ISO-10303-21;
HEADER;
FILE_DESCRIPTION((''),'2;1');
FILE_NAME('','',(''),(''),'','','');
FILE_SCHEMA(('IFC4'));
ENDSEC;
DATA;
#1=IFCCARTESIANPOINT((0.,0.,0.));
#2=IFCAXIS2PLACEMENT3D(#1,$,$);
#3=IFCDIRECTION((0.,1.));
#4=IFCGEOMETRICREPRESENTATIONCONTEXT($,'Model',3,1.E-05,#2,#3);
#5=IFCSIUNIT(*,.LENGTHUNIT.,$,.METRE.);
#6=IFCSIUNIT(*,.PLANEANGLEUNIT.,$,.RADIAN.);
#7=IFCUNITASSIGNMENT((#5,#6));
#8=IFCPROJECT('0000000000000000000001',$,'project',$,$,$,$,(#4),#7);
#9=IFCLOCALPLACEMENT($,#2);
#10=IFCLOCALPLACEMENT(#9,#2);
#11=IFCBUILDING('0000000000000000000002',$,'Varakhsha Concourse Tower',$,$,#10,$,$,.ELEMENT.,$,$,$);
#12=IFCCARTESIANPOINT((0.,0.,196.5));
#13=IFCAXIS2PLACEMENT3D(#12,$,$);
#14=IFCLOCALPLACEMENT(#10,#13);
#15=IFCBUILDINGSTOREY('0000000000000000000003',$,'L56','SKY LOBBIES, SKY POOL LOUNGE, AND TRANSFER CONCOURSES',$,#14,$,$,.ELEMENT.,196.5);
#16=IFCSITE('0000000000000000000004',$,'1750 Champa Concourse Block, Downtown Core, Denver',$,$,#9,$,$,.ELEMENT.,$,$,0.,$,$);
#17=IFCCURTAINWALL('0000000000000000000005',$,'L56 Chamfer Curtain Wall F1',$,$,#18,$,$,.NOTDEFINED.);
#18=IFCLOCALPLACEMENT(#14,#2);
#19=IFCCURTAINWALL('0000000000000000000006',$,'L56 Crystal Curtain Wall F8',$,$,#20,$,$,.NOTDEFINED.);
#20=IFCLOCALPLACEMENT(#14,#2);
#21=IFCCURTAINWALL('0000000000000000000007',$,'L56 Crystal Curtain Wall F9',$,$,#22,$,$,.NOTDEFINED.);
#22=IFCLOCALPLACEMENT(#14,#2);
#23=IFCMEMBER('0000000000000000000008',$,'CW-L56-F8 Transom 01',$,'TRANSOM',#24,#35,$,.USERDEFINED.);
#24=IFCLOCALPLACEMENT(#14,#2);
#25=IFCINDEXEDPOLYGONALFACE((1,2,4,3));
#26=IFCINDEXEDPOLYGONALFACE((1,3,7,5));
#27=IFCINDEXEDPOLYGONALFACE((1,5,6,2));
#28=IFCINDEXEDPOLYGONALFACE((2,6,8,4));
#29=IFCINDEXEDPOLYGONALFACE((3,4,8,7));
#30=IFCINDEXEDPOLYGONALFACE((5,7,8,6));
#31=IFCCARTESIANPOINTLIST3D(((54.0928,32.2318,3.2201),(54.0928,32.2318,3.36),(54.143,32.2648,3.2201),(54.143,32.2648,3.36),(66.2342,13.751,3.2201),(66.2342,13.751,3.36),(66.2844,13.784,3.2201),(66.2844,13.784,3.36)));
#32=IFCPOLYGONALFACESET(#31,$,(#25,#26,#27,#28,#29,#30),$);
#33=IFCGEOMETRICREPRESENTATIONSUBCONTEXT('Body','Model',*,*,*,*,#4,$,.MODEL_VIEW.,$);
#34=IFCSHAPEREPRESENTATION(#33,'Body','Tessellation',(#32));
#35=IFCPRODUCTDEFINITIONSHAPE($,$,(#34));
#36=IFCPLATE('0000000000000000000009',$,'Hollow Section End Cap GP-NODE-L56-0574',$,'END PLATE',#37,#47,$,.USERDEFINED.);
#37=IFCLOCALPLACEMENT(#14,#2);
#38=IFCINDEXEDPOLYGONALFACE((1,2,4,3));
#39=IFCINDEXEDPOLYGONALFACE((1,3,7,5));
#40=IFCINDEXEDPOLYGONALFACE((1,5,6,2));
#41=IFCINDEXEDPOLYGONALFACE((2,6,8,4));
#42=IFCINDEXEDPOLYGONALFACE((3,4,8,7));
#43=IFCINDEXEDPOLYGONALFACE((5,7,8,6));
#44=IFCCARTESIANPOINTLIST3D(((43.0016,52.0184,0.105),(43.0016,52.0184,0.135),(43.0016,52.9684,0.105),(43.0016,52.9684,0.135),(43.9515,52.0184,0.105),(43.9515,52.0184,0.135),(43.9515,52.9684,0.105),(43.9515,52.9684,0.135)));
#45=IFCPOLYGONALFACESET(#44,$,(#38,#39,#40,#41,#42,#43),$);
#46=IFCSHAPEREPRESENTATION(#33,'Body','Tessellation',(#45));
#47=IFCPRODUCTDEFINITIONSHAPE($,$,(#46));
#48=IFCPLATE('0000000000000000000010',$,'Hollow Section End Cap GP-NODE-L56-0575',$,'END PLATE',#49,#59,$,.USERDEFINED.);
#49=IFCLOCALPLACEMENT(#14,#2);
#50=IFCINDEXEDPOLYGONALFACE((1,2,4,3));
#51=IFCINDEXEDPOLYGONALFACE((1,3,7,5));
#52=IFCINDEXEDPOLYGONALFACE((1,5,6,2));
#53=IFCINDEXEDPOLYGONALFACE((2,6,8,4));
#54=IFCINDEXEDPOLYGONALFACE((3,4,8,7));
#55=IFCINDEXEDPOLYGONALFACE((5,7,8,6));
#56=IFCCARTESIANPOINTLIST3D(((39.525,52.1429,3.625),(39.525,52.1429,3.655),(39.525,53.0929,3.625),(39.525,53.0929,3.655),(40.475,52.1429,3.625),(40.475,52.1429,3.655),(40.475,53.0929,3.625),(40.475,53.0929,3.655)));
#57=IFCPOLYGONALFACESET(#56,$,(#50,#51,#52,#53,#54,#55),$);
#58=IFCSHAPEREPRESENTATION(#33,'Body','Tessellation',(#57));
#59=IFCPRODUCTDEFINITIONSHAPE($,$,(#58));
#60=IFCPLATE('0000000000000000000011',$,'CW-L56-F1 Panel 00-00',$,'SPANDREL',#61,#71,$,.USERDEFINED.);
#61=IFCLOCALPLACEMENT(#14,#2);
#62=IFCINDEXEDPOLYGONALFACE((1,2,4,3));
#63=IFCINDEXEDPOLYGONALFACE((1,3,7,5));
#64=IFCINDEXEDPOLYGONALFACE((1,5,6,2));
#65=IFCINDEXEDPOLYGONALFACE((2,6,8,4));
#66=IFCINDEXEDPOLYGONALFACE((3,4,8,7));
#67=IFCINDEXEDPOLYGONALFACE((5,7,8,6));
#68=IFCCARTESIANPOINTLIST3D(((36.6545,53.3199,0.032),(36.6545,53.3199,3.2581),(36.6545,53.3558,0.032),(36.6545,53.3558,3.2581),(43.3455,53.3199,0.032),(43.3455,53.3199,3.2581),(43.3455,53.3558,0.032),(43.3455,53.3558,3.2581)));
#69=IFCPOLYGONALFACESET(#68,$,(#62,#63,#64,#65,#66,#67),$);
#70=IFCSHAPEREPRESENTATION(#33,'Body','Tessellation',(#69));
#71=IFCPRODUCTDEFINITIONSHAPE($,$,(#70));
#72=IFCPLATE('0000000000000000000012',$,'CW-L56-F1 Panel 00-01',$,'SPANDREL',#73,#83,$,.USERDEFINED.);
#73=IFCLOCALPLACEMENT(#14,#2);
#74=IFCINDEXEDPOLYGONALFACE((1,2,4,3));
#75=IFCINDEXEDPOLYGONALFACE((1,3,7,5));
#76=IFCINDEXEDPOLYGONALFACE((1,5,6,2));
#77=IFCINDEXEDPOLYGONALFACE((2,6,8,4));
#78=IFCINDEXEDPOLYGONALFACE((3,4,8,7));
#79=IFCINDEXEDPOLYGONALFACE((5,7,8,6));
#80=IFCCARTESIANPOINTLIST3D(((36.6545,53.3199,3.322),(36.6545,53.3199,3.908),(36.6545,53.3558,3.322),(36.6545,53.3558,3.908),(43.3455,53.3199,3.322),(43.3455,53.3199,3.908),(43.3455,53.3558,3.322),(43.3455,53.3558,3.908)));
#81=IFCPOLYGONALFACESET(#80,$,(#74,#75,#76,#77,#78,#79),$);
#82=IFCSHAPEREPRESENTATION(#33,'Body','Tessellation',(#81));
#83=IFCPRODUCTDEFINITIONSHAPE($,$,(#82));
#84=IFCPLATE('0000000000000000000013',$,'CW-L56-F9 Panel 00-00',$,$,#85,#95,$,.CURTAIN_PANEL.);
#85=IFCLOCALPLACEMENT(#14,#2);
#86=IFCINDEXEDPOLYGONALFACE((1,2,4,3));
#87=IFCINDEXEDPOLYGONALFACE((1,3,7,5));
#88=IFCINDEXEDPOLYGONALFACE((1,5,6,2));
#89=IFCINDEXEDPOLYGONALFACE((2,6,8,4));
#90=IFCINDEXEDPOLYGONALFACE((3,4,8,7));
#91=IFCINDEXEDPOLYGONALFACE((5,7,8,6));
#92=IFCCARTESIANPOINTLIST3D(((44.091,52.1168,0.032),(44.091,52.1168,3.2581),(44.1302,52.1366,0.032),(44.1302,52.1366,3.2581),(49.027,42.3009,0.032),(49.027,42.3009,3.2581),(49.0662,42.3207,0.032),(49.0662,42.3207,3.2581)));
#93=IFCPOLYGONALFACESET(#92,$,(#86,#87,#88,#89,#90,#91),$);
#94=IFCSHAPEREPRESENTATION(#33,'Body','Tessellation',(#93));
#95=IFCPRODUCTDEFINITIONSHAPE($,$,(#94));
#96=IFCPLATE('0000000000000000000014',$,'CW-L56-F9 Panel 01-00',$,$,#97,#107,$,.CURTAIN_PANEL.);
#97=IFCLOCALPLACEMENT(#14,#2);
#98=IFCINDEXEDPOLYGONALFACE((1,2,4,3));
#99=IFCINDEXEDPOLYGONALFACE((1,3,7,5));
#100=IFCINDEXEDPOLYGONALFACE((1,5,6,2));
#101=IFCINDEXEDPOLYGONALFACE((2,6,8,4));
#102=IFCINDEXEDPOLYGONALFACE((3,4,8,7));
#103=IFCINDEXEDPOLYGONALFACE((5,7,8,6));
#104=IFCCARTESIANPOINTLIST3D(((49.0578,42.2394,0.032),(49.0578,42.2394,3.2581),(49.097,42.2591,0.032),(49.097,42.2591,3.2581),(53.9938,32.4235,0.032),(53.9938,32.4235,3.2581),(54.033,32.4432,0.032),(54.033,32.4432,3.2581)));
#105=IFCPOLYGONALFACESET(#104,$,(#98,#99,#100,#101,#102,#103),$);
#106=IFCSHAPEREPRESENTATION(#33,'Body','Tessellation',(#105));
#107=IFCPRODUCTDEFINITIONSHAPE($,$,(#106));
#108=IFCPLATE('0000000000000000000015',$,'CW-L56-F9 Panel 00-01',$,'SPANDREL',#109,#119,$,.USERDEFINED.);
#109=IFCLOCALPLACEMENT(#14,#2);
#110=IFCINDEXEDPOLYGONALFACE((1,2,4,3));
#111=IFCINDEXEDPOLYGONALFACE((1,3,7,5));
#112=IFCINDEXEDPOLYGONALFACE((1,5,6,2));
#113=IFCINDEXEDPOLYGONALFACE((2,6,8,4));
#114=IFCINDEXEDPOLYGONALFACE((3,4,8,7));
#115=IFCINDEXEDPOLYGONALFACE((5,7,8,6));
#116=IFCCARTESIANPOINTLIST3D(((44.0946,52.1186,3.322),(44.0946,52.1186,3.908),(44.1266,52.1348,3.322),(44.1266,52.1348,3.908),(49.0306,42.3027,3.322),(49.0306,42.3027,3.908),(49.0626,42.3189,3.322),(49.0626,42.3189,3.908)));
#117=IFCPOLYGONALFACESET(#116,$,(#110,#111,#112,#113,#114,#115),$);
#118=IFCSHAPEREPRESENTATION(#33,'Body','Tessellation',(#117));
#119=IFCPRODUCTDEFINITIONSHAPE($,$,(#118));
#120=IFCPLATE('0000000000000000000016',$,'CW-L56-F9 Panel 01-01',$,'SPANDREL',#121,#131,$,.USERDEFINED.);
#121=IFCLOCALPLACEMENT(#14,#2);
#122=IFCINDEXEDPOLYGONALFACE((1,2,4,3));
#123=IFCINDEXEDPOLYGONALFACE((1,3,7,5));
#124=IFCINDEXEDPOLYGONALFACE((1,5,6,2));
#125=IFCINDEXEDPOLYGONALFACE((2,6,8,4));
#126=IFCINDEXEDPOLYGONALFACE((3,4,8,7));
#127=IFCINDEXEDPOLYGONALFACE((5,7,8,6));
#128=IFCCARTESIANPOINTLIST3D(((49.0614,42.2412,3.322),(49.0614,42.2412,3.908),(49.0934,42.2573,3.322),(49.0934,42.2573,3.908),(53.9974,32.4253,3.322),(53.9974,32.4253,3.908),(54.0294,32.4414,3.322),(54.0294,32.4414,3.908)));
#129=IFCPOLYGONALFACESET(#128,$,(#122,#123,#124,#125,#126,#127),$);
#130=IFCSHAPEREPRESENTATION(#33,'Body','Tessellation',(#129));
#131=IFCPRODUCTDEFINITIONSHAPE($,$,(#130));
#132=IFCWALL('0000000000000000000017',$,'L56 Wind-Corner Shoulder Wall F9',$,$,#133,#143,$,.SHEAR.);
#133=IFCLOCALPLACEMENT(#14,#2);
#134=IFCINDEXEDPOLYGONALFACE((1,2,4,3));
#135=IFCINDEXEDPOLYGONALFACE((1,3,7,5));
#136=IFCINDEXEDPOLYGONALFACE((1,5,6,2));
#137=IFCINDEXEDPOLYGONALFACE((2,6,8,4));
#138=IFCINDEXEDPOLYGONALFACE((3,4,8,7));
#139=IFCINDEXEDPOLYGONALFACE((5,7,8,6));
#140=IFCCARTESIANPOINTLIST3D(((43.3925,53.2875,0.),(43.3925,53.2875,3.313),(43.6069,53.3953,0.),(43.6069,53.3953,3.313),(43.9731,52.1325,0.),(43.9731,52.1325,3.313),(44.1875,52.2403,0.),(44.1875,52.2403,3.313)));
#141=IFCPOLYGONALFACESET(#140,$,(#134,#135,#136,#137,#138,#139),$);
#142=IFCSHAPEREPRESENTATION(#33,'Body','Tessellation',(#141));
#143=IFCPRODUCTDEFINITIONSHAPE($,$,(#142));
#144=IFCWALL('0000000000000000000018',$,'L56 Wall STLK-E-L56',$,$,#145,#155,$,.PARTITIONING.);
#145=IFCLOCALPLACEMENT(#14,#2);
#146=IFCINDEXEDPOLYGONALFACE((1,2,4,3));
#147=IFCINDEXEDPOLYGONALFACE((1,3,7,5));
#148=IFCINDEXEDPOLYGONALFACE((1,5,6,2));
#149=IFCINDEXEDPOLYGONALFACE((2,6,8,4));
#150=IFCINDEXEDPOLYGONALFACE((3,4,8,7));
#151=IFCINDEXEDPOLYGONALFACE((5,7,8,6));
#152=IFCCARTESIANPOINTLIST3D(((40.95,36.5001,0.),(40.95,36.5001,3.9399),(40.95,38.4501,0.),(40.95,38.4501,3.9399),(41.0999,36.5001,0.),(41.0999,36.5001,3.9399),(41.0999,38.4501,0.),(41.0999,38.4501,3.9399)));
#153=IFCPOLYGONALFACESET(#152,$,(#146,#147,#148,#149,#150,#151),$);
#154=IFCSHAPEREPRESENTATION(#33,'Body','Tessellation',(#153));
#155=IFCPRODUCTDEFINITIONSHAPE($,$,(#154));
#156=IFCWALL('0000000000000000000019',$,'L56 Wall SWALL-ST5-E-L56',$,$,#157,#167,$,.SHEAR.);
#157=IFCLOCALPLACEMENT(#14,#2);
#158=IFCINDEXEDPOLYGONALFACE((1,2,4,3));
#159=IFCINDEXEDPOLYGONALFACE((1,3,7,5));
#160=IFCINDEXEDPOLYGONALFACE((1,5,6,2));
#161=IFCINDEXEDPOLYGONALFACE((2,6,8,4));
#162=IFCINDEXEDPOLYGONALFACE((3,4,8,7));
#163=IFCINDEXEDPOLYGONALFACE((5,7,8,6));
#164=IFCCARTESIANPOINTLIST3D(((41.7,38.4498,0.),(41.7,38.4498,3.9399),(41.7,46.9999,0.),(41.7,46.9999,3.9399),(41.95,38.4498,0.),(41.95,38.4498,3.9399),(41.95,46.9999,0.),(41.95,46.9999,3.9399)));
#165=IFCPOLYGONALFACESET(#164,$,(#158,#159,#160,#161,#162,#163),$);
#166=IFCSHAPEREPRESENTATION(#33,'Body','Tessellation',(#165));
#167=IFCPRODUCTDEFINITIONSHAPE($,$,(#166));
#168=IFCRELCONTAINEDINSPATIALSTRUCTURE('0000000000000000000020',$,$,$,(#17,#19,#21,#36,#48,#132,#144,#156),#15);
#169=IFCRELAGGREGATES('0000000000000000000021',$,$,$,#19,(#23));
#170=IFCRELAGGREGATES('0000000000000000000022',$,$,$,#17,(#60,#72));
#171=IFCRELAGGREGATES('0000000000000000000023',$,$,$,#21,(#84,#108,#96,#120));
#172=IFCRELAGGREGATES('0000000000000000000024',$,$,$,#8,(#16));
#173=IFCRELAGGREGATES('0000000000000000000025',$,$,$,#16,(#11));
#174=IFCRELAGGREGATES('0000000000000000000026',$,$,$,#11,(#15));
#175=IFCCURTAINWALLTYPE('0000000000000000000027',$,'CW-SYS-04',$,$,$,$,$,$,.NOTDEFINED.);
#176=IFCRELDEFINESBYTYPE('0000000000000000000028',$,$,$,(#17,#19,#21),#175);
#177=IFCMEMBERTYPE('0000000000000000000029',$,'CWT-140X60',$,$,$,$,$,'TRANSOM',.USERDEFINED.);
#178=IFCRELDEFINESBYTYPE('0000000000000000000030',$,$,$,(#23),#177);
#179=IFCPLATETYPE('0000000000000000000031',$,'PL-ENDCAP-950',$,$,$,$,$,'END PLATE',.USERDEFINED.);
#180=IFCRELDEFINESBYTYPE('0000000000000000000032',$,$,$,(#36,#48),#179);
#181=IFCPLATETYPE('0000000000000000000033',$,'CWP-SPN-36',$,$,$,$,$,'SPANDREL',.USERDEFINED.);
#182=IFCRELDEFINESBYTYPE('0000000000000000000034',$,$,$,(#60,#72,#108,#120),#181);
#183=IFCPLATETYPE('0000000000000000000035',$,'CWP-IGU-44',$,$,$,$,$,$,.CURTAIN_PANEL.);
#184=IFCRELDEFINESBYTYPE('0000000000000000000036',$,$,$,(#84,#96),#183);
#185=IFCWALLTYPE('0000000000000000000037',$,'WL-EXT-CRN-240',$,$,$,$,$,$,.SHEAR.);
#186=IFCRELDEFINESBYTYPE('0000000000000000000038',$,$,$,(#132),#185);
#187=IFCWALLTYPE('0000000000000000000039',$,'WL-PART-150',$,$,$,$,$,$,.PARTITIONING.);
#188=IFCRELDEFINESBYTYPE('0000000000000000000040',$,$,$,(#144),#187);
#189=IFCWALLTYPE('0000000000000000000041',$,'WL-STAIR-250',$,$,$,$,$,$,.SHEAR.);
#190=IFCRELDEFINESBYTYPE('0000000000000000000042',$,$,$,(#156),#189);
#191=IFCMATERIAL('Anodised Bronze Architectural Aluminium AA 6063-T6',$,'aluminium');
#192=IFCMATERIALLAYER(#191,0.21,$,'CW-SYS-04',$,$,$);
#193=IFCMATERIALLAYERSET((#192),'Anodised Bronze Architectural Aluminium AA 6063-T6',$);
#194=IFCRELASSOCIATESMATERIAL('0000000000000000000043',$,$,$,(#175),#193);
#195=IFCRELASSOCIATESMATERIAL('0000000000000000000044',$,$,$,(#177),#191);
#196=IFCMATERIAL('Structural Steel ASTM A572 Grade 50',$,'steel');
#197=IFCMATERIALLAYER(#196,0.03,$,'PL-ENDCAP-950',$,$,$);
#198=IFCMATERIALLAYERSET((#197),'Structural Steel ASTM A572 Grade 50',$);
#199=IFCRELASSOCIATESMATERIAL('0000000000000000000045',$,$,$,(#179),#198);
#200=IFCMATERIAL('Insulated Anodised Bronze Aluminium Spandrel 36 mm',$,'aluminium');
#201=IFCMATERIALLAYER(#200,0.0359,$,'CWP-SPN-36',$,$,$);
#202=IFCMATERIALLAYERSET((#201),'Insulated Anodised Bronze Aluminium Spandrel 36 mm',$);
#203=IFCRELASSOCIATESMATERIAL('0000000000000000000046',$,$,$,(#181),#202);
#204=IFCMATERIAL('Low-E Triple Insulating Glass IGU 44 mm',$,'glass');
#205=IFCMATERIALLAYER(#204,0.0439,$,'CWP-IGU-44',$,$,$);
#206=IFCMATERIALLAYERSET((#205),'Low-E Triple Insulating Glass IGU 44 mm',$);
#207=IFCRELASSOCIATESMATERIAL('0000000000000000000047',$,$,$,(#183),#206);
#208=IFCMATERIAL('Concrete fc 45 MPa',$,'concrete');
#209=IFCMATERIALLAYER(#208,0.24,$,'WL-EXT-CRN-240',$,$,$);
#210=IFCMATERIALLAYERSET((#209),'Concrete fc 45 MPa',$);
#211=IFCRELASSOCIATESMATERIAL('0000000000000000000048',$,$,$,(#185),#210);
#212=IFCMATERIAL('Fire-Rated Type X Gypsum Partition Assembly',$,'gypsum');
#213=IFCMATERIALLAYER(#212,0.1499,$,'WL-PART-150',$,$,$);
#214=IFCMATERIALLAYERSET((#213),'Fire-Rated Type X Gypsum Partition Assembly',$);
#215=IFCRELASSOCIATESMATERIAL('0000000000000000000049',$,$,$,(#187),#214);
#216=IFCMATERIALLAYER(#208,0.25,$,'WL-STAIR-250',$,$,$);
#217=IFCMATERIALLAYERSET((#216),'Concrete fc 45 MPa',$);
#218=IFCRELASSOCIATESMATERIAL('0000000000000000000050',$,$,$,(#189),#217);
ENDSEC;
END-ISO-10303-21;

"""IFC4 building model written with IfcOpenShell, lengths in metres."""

from ifc_helpers import new_model, si_unit, direction, frame, frame_2d, origin, origin_2d, place, context, subcontext, project, spatial, rectangle, extrude, source, transform, mapped, material, layer, layer_set, material_profile, profile_set, type_object, type_shapes, element, aggregate, save


model = new_model("IFC4")

# Units and contexts
model_context = context("Model", 3, precision=1e-05, world=origin(), true_north=direction((0.0, 1.0)))
body_context = subcontext(model_context, "Body", "Model", "MODEL_VIEW")
ifc_project = project(units=[si_unit("LENGTHUNIT", "METRE"), si_unit("PLANEANGLEUNIT", "RADIAN")], contexts=[model_context])

# Site, building, storey
site_placement = place(None, origin())
site = spatial("IfcSite", under=ifc_project, at=site_placement, Name="1750 Champa Concourse Block, Downtown Core, Denver", CompositionType="ELEMENT", RefElevation=0.0)
building_placement = place(site_placement, origin())
building = spatial("IfcBuilding", under=site, at=building_placement, Name="Varakhsha Concourse Tower", CompositionType="ELEMENT")
storey_placement = place(building_placement, frame((0.0, 0.0, 196.5)))
storey = spatial("IfcBuildingStorey", under=building, at=storey_placement, Name="L56", Description="SKY LOBBIES, SKY POOL LOUNGE, AND TRANSFER CONCOURSES", CompositionType="ELEMENT", Elevation=196.5)

# Shared definitions
ifc_material_1 = material(Name="Structural Steel ASTM A572 Grade 50", Category="steel")

# Curtain walls
ifc_material_2 = material(Name="Anodised Bronze Architectural Aluminium AA 6063-T6", Category="aluminium")
ifc_layer_1 = layer(ifc_material_2, 0.21, Name="CW-SYS-04")
ifc_layer_set_1 = layer_set([ifc_layer_1], Name="Anodised Bronze Architectural Aluminium AA 6063-T6")
curtain_wall_type = type_object("IfcCurtainWallType", Name="CW-SYS-04", PredefinedType="NOTDEFINED", material=ifc_layer_set_1)
curtain_wall_1_placement = place(storey_placement, origin())
curtain_wall_1 = element("IfcCurtainWall", 1, at=curtain_wall_1_placement, inside=storey, type_object=curtain_wall_type, Name="L56 Chamfer Curtain Wall F1", PredefinedType="NOTDEFINED")
curtain_wall_2_placement = place(storey_placement, origin())
curtain_wall_2 = element("IfcCurtainWall", 2, at=curtain_wall_2_placement, inside=storey, type_object=curtain_wall_type, Name="L56 Crystal Curtain Wall F8", PredefinedType="NOTDEFINED")

# Curtain wall
curtain_wall_3_placement = place(storey_placement, origin())
curtain_wall_3 = element("IfcCurtainWall", 3, at=curtain_wall_3_placement, inside=storey, type_object=curtain_wall_type, Name="L56 Crystal Curtain Wall F9", PredefinedType="NOTDEFINED")
ifc_material_profile_1 = material_profile(ifc_material_2, rectangle(XDim=0.0601, YDim=0.1399, at=origin_2d()), Name="CWT-140X60")
ifc_profile_set_1 = profile_set([ifc_material_profile_1], Name="Anodised Bronze Architectural Aluminium AA 6063-T6")
member_type_1 = type_object("IfcMemberType", Name="CWT-140X60", ElementType="TRANSOM", PredefinedType="USERDEFINED", material=ifc_profile_set_1)

# Member
shared_shape_1 = source(origin(), body_context, "Body", "SweptSolid", [
    extrude(rectangle(XDim=0.0601, YDim=0.1399, at=origin_2d()), origin(), (0.0, 0.0, 1.0), 22.1123),
])
member_1_placement = place(storey_placement, frame((54.1179, 32.2483, 3.29), z_axis=(0.54908, -0.83577, 0.0), x_axis=(0.83577, 0.54908, 0.0)))
member_1 = element("IfcMember", 4, at=member_1_placement, type_object=member_type_1, Name="CW-L56-F8 Transom 01", ObjectType="TRANSOM", PredefinedType="USERDEFINED", context=body_context, shape_type="MappedRepresentation", body=[
    mapped(shared_shape_1, transform((0.0, 0.0, 0.0), scale=1.0)),
])
aggregate(curtain_wall_2, [member_1])

# Plates
ifc_layer_2 = layer(ifc_material_1, 0.03, Name="PL-ENDCAP-950")
ifc_layer_set_2 = layer_set([ifc_layer_2], Name="Structural Steel ASTM A572 Grade 50")
plate_type_1 = type_object("IfcPlateType", Name="PL-ENDCAP-950", ElementType="END PLATE", PredefinedType="USERDEFINED", material=ifc_layer_set_2)
shared_shape_2 = source(origin(), body_context, "Body", "SweptSolid", [
    extrude(rectangle(XDim=0.95, YDim=0.95, at=origin_2d()), origin(), (0.0, 0.0, 1.0), 0.03),
])
type_shapes(plate_type_1, [shared_shape_2])
for number, where, z_axis, x_axis, name in (
    (5, (43.4766, 52.4934, 0.105), (0.0, 0.0, 1.0), (1.0, 0.0, 0.0), "Hollow Section End Cap GP-NODE-L56-0574"),
    (6, (40.0, 52.6179, 3.625), (0.0, 0.0, 1.0), (1.0, 0.0, 0.0), "Hollow Section End Cap GP-NODE-L56-0575"),
):
    element("IfcPlate", number, at=place(storey_placement, frame(where, z_axis=z_axis, x_axis=x_axis)), inside=storey, type_object=plate_type_1, Name=name, ObjectType="END PLATE", PredefinedType="USERDEFINED", context=body_context, shape_type="MappedRepresentation", body=[
        mapped(shared_shape_2, transform((0.0, 0.0, 0.0), scale=1.0)),
    ])

# Plates
ifc_material_3 = material(Name="Insulated Anodised Bronze Aluminium Spandrel 36 mm", Category="aluminium")
ifc_layer_3 = layer(ifc_material_3, 0.0359, Name="CWP-SPN-36")
ifc_layer_set_3 = layer_set([ifc_layer_3], Name="Insulated Anodised Bronze Aluminium Spandrel 36 mm")
plate_type_2 = type_object("IfcPlateType", Name="CWP-SPN-36", ElementType="SPANDREL", PredefinedType="USERDEFINED", material=ifc_layer_set_3)
shared_shape_3 = source(origin(), body_context, "Body", "SweptSolid", [
    extrude(rectangle(XDim=6.6909, YDim=0.0359, at=origin_2d()), origin(), (0.0, 0.0, 1.0), 3.2261),
])
plate_1_placement = place(storey_placement, frame((40.0, 53.3379, 0.032), z_axis=(0.0, 0.0, 1.0), x_axis=(1.0, 0.0, 0.0)))
plate_1 = element("IfcPlate", 7, at=plate_1_placement, type_object=plate_type_2, Name="CW-L56-F1 Panel 00-00", ObjectType="SPANDREL", PredefinedType="USERDEFINED", context=body_context, shape_type="MappedRepresentation", body=[
    mapped(shared_shape_3, transform((0.0, 0.0, 0.0), scale=1.0)),
])
shared_shape_4 = source(origin(), body_context, "Body", "SweptSolid", [
    extrude(rectangle(XDim=6.6909, YDim=0.0359, at=origin_2d()), origin(), (0.0, 0.0, 1.0), 0.5859),
])
plate_2_placement = place(storey_placement, frame((40.0, 53.3379, 3.322), z_axis=(0.0, 0.0, 1.0), x_axis=(1.0, 0.0, 0.0)))
plate_2 = element("IfcPlate", 8, at=plate_2_placement, type_object=plate_type_2, Name="CW-L56-F1 Panel 00-01", ObjectType="SPANDREL", PredefinedType="USERDEFINED", context=body_context, shape_type="MappedRepresentation", body=[
    mapped(shared_shape_4, transform((0.0, 0.0, 0.0), scale=1.0)),
])
aggregate(curtain_wall_1, [plate_1, plate_2])
ifc_material_4 = material(Name="Low-E Triple Insulating Glass IGU 44 mm", Category="glass")
ifc_layer_4 = layer(ifc_material_4, 0.0439, Name="CWP-IGU-44")
ifc_layer_set_4 = layer_set([ifc_layer_4], Name="Low-E Triple Insulating Glass IGU 44 mm")
plate_type_3 = type_object("IfcPlateType", Name="CWP-IGU-44", PredefinedType="CURTAIN_PANEL", material=ifc_layer_set_4)
shared_shape_5 = source(origin(), body_context, "Body", "SweptSolid", [
    extrude(rectangle(XDim=10.9871, YDim=0.0439, at=origin_2d()), origin(), (0.0, 0.0, 1.0), 3.2261),
])
type_shapes(plate_type_3, [shared_shape_5])
plate_3_placement = place(storey_placement, frame((46.5786, 47.2188, 0.032), z_axis=(0.0, 0.0, 1.0), x_axis=(0.449255, -0.893404, 0.0)))
plate_3 = element("IfcPlate", 9, at=plate_3_placement, type_object=plate_type_3, Name="CW-L56-F9 Panel 00-00", PredefinedType="CURTAIN_PANEL", context=body_context, shape_type="MappedRepresentation", body=[
    mapped(shared_shape_5, transform((0.0, 0.0, 0.0), scale=1.0)),
])
plate_4_placement = place(storey_placement, frame((51.5454, 37.3413, 0.032), z_axis=(0.0, 0.0, 1.0), x_axis=(0.449255, -0.893404, 0.0)))
plate_4 = element("IfcPlate", 10, at=plate_4_placement, type_object=plate_type_3, Name="CW-L56-F9 Panel 01-00", PredefinedType="CURTAIN_PANEL", context=body_context, shape_type="MappedRepresentation", body=[
    mapped(shared_shape_5, transform((0.0, 0.0, 0.0), scale=1.0)),
])
shared_shape_6 = source(origin(), body_context, "Body", "SweptSolid", [
    extrude(rectangle(XDim=10.9871, YDim=0.0359, at=origin_2d()), origin(), (0.0, 0.0, 1.0), 0.5859),
])
type_shapes(plate_type_2, [shared_shape_3, shared_shape_4, shared_shape_6])
plate_5_placement = place(storey_placement, frame((46.5786, 47.2188, 3.322), z_axis=(0.0, 0.0, 1.0), x_axis=(0.449255, -0.893404, 0.0)))
plate_5 = element("IfcPlate", 11, at=plate_5_placement, type_object=plate_type_2, Name="CW-L56-F9 Panel 00-01", ObjectType="SPANDREL", PredefinedType="USERDEFINED", context=body_context, shape_type="MappedRepresentation", body=[
    mapped(shared_shape_6, transform((0.0, 0.0, 0.0), scale=1.0)),
])
plate_6_placement = place(storey_placement, frame((51.5454, 37.3413, 3.322), z_axis=(0.0, 0.0, 1.0), x_axis=(0.449255, -0.893404, 0.0)))
plate_6 = element("IfcPlate", 12, at=plate_6_placement, type_object=plate_type_2, Name="CW-L56-F9 Panel 01-01", ObjectType="SPANDREL", PredefinedType="USERDEFINED", context=body_context, shape_type="MappedRepresentation", body=[
    mapped(shared_shape_6, transform((0.0, 0.0, 0.0), scale=1.0)),
])
aggregate(curtain_wall_3, [plate_3, plate_5, plate_4, plate_6])

# Walls
ifc_material_5 = material(Name="Concrete fc 45 MPa", Category="concrete")
ifc_layer_5 = layer(ifc_material_5, 0.24, Name="WL-EXT-CRN-240")
ifc_layer_set_5 = layer_set([ifc_layer_5], Name="Concrete fc 45 MPa")
wall_type_1 = type_object("IfcWallType", Name="WL-EXT-CRN-240", PredefinedType="SHEAR", material=ifc_layer_set_5)
wall_1_placement = place(storey_placement, frame((44.0803, 52.1863, 0.0), z_axis=(0.0, 0.0, 1.0), x_axis=(-0.449101, 0.893481, 0.0)))
element("IfcWall", 13, at=wall_1_placement, inside=storey, type_object=wall_type_1, Name="L56 Wind-Corner Shoulder Wall F9", PredefinedType="SHEAR", context=body_context, shape_type="SweptSolid", body=[
    extrude(rectangle(XDim=1.2927, YDim=0.24, at=frame_2d((0.6465, 0.0))), origin(), (0.0, 0.0, 1.0), 3.313),
])
ifc_material_6 = material(Name="Fire-Rated Type X Gypsum Partition Assembly", Category="gypsum")
ifc_layer_6 = layer(ifc_material_6, 0.1499, Name="WL-PART-150")
ifc_layer_set_6 = layer_set([ifc_layer_6], Name="Fire-Rated Type X Gypsum Partition Assembly")
wall_type_2 = type_object("IfcWallType", Name="WL-PART-150", PredefinedType="PARTITIONING", material=ifc_layer_set_6)
wall_2_placement = place(storey_placement, frame((41.0249, 36.5, 0.0), z_axis=(0.0, 0.0, 1.0), x_axis=(0.0, 1.0, 0.0)))
element("IfcWall", 14, at=wall_2_placement, inside=storey, type_object=wall_type_2, Name="L56 Wall STLK-E-L56", PredefinedType="PARTITIONING", context=body_context, shape_type="SweptSolid", body=[
    extrude(rectangle(XDim=1.95, YDim=0.1499, at=frame_2d((0.9751, 0.0))), origin(), (0.0, 0.0, 1.0), 3.9399),
])
ifc_layer_7 = layer(ifc_material_5, 0.25, Name="WL-STAIR-250")
ifc_layer_set_7 = layer_set([ifc_layer_7], Name="Concrete fc 45 MPa")
wall_type_3 = type_object("IfcWallType", Name="WL-STAIR-250", PredefinedType="SHEAR", material=ifc_layer_set_7)
wall_3_placement = place(storey_placement, frame((41.825, 38.45, 0.0), z_axis=(0.0, 0.0, 1.0), x_axis=(0.0, 1.0, 0.0)))
element("IfcWall", 15, at=wall_3_placement, inside=storey, type_object=wall_type_3, Name="L56 Wall SWALL-ST5-E-L56", PredefinedType="SHEAR", context=body_context, shape_type="SweptSolid", body=[
    extrude(rectangle(XDim=8.55, YDim=0.25, at=frame_2d((4.2749, 0.0))), origin(), (0.0, 0.0, 1.0), 3.9399),
])

save(model, "model.ifc")
